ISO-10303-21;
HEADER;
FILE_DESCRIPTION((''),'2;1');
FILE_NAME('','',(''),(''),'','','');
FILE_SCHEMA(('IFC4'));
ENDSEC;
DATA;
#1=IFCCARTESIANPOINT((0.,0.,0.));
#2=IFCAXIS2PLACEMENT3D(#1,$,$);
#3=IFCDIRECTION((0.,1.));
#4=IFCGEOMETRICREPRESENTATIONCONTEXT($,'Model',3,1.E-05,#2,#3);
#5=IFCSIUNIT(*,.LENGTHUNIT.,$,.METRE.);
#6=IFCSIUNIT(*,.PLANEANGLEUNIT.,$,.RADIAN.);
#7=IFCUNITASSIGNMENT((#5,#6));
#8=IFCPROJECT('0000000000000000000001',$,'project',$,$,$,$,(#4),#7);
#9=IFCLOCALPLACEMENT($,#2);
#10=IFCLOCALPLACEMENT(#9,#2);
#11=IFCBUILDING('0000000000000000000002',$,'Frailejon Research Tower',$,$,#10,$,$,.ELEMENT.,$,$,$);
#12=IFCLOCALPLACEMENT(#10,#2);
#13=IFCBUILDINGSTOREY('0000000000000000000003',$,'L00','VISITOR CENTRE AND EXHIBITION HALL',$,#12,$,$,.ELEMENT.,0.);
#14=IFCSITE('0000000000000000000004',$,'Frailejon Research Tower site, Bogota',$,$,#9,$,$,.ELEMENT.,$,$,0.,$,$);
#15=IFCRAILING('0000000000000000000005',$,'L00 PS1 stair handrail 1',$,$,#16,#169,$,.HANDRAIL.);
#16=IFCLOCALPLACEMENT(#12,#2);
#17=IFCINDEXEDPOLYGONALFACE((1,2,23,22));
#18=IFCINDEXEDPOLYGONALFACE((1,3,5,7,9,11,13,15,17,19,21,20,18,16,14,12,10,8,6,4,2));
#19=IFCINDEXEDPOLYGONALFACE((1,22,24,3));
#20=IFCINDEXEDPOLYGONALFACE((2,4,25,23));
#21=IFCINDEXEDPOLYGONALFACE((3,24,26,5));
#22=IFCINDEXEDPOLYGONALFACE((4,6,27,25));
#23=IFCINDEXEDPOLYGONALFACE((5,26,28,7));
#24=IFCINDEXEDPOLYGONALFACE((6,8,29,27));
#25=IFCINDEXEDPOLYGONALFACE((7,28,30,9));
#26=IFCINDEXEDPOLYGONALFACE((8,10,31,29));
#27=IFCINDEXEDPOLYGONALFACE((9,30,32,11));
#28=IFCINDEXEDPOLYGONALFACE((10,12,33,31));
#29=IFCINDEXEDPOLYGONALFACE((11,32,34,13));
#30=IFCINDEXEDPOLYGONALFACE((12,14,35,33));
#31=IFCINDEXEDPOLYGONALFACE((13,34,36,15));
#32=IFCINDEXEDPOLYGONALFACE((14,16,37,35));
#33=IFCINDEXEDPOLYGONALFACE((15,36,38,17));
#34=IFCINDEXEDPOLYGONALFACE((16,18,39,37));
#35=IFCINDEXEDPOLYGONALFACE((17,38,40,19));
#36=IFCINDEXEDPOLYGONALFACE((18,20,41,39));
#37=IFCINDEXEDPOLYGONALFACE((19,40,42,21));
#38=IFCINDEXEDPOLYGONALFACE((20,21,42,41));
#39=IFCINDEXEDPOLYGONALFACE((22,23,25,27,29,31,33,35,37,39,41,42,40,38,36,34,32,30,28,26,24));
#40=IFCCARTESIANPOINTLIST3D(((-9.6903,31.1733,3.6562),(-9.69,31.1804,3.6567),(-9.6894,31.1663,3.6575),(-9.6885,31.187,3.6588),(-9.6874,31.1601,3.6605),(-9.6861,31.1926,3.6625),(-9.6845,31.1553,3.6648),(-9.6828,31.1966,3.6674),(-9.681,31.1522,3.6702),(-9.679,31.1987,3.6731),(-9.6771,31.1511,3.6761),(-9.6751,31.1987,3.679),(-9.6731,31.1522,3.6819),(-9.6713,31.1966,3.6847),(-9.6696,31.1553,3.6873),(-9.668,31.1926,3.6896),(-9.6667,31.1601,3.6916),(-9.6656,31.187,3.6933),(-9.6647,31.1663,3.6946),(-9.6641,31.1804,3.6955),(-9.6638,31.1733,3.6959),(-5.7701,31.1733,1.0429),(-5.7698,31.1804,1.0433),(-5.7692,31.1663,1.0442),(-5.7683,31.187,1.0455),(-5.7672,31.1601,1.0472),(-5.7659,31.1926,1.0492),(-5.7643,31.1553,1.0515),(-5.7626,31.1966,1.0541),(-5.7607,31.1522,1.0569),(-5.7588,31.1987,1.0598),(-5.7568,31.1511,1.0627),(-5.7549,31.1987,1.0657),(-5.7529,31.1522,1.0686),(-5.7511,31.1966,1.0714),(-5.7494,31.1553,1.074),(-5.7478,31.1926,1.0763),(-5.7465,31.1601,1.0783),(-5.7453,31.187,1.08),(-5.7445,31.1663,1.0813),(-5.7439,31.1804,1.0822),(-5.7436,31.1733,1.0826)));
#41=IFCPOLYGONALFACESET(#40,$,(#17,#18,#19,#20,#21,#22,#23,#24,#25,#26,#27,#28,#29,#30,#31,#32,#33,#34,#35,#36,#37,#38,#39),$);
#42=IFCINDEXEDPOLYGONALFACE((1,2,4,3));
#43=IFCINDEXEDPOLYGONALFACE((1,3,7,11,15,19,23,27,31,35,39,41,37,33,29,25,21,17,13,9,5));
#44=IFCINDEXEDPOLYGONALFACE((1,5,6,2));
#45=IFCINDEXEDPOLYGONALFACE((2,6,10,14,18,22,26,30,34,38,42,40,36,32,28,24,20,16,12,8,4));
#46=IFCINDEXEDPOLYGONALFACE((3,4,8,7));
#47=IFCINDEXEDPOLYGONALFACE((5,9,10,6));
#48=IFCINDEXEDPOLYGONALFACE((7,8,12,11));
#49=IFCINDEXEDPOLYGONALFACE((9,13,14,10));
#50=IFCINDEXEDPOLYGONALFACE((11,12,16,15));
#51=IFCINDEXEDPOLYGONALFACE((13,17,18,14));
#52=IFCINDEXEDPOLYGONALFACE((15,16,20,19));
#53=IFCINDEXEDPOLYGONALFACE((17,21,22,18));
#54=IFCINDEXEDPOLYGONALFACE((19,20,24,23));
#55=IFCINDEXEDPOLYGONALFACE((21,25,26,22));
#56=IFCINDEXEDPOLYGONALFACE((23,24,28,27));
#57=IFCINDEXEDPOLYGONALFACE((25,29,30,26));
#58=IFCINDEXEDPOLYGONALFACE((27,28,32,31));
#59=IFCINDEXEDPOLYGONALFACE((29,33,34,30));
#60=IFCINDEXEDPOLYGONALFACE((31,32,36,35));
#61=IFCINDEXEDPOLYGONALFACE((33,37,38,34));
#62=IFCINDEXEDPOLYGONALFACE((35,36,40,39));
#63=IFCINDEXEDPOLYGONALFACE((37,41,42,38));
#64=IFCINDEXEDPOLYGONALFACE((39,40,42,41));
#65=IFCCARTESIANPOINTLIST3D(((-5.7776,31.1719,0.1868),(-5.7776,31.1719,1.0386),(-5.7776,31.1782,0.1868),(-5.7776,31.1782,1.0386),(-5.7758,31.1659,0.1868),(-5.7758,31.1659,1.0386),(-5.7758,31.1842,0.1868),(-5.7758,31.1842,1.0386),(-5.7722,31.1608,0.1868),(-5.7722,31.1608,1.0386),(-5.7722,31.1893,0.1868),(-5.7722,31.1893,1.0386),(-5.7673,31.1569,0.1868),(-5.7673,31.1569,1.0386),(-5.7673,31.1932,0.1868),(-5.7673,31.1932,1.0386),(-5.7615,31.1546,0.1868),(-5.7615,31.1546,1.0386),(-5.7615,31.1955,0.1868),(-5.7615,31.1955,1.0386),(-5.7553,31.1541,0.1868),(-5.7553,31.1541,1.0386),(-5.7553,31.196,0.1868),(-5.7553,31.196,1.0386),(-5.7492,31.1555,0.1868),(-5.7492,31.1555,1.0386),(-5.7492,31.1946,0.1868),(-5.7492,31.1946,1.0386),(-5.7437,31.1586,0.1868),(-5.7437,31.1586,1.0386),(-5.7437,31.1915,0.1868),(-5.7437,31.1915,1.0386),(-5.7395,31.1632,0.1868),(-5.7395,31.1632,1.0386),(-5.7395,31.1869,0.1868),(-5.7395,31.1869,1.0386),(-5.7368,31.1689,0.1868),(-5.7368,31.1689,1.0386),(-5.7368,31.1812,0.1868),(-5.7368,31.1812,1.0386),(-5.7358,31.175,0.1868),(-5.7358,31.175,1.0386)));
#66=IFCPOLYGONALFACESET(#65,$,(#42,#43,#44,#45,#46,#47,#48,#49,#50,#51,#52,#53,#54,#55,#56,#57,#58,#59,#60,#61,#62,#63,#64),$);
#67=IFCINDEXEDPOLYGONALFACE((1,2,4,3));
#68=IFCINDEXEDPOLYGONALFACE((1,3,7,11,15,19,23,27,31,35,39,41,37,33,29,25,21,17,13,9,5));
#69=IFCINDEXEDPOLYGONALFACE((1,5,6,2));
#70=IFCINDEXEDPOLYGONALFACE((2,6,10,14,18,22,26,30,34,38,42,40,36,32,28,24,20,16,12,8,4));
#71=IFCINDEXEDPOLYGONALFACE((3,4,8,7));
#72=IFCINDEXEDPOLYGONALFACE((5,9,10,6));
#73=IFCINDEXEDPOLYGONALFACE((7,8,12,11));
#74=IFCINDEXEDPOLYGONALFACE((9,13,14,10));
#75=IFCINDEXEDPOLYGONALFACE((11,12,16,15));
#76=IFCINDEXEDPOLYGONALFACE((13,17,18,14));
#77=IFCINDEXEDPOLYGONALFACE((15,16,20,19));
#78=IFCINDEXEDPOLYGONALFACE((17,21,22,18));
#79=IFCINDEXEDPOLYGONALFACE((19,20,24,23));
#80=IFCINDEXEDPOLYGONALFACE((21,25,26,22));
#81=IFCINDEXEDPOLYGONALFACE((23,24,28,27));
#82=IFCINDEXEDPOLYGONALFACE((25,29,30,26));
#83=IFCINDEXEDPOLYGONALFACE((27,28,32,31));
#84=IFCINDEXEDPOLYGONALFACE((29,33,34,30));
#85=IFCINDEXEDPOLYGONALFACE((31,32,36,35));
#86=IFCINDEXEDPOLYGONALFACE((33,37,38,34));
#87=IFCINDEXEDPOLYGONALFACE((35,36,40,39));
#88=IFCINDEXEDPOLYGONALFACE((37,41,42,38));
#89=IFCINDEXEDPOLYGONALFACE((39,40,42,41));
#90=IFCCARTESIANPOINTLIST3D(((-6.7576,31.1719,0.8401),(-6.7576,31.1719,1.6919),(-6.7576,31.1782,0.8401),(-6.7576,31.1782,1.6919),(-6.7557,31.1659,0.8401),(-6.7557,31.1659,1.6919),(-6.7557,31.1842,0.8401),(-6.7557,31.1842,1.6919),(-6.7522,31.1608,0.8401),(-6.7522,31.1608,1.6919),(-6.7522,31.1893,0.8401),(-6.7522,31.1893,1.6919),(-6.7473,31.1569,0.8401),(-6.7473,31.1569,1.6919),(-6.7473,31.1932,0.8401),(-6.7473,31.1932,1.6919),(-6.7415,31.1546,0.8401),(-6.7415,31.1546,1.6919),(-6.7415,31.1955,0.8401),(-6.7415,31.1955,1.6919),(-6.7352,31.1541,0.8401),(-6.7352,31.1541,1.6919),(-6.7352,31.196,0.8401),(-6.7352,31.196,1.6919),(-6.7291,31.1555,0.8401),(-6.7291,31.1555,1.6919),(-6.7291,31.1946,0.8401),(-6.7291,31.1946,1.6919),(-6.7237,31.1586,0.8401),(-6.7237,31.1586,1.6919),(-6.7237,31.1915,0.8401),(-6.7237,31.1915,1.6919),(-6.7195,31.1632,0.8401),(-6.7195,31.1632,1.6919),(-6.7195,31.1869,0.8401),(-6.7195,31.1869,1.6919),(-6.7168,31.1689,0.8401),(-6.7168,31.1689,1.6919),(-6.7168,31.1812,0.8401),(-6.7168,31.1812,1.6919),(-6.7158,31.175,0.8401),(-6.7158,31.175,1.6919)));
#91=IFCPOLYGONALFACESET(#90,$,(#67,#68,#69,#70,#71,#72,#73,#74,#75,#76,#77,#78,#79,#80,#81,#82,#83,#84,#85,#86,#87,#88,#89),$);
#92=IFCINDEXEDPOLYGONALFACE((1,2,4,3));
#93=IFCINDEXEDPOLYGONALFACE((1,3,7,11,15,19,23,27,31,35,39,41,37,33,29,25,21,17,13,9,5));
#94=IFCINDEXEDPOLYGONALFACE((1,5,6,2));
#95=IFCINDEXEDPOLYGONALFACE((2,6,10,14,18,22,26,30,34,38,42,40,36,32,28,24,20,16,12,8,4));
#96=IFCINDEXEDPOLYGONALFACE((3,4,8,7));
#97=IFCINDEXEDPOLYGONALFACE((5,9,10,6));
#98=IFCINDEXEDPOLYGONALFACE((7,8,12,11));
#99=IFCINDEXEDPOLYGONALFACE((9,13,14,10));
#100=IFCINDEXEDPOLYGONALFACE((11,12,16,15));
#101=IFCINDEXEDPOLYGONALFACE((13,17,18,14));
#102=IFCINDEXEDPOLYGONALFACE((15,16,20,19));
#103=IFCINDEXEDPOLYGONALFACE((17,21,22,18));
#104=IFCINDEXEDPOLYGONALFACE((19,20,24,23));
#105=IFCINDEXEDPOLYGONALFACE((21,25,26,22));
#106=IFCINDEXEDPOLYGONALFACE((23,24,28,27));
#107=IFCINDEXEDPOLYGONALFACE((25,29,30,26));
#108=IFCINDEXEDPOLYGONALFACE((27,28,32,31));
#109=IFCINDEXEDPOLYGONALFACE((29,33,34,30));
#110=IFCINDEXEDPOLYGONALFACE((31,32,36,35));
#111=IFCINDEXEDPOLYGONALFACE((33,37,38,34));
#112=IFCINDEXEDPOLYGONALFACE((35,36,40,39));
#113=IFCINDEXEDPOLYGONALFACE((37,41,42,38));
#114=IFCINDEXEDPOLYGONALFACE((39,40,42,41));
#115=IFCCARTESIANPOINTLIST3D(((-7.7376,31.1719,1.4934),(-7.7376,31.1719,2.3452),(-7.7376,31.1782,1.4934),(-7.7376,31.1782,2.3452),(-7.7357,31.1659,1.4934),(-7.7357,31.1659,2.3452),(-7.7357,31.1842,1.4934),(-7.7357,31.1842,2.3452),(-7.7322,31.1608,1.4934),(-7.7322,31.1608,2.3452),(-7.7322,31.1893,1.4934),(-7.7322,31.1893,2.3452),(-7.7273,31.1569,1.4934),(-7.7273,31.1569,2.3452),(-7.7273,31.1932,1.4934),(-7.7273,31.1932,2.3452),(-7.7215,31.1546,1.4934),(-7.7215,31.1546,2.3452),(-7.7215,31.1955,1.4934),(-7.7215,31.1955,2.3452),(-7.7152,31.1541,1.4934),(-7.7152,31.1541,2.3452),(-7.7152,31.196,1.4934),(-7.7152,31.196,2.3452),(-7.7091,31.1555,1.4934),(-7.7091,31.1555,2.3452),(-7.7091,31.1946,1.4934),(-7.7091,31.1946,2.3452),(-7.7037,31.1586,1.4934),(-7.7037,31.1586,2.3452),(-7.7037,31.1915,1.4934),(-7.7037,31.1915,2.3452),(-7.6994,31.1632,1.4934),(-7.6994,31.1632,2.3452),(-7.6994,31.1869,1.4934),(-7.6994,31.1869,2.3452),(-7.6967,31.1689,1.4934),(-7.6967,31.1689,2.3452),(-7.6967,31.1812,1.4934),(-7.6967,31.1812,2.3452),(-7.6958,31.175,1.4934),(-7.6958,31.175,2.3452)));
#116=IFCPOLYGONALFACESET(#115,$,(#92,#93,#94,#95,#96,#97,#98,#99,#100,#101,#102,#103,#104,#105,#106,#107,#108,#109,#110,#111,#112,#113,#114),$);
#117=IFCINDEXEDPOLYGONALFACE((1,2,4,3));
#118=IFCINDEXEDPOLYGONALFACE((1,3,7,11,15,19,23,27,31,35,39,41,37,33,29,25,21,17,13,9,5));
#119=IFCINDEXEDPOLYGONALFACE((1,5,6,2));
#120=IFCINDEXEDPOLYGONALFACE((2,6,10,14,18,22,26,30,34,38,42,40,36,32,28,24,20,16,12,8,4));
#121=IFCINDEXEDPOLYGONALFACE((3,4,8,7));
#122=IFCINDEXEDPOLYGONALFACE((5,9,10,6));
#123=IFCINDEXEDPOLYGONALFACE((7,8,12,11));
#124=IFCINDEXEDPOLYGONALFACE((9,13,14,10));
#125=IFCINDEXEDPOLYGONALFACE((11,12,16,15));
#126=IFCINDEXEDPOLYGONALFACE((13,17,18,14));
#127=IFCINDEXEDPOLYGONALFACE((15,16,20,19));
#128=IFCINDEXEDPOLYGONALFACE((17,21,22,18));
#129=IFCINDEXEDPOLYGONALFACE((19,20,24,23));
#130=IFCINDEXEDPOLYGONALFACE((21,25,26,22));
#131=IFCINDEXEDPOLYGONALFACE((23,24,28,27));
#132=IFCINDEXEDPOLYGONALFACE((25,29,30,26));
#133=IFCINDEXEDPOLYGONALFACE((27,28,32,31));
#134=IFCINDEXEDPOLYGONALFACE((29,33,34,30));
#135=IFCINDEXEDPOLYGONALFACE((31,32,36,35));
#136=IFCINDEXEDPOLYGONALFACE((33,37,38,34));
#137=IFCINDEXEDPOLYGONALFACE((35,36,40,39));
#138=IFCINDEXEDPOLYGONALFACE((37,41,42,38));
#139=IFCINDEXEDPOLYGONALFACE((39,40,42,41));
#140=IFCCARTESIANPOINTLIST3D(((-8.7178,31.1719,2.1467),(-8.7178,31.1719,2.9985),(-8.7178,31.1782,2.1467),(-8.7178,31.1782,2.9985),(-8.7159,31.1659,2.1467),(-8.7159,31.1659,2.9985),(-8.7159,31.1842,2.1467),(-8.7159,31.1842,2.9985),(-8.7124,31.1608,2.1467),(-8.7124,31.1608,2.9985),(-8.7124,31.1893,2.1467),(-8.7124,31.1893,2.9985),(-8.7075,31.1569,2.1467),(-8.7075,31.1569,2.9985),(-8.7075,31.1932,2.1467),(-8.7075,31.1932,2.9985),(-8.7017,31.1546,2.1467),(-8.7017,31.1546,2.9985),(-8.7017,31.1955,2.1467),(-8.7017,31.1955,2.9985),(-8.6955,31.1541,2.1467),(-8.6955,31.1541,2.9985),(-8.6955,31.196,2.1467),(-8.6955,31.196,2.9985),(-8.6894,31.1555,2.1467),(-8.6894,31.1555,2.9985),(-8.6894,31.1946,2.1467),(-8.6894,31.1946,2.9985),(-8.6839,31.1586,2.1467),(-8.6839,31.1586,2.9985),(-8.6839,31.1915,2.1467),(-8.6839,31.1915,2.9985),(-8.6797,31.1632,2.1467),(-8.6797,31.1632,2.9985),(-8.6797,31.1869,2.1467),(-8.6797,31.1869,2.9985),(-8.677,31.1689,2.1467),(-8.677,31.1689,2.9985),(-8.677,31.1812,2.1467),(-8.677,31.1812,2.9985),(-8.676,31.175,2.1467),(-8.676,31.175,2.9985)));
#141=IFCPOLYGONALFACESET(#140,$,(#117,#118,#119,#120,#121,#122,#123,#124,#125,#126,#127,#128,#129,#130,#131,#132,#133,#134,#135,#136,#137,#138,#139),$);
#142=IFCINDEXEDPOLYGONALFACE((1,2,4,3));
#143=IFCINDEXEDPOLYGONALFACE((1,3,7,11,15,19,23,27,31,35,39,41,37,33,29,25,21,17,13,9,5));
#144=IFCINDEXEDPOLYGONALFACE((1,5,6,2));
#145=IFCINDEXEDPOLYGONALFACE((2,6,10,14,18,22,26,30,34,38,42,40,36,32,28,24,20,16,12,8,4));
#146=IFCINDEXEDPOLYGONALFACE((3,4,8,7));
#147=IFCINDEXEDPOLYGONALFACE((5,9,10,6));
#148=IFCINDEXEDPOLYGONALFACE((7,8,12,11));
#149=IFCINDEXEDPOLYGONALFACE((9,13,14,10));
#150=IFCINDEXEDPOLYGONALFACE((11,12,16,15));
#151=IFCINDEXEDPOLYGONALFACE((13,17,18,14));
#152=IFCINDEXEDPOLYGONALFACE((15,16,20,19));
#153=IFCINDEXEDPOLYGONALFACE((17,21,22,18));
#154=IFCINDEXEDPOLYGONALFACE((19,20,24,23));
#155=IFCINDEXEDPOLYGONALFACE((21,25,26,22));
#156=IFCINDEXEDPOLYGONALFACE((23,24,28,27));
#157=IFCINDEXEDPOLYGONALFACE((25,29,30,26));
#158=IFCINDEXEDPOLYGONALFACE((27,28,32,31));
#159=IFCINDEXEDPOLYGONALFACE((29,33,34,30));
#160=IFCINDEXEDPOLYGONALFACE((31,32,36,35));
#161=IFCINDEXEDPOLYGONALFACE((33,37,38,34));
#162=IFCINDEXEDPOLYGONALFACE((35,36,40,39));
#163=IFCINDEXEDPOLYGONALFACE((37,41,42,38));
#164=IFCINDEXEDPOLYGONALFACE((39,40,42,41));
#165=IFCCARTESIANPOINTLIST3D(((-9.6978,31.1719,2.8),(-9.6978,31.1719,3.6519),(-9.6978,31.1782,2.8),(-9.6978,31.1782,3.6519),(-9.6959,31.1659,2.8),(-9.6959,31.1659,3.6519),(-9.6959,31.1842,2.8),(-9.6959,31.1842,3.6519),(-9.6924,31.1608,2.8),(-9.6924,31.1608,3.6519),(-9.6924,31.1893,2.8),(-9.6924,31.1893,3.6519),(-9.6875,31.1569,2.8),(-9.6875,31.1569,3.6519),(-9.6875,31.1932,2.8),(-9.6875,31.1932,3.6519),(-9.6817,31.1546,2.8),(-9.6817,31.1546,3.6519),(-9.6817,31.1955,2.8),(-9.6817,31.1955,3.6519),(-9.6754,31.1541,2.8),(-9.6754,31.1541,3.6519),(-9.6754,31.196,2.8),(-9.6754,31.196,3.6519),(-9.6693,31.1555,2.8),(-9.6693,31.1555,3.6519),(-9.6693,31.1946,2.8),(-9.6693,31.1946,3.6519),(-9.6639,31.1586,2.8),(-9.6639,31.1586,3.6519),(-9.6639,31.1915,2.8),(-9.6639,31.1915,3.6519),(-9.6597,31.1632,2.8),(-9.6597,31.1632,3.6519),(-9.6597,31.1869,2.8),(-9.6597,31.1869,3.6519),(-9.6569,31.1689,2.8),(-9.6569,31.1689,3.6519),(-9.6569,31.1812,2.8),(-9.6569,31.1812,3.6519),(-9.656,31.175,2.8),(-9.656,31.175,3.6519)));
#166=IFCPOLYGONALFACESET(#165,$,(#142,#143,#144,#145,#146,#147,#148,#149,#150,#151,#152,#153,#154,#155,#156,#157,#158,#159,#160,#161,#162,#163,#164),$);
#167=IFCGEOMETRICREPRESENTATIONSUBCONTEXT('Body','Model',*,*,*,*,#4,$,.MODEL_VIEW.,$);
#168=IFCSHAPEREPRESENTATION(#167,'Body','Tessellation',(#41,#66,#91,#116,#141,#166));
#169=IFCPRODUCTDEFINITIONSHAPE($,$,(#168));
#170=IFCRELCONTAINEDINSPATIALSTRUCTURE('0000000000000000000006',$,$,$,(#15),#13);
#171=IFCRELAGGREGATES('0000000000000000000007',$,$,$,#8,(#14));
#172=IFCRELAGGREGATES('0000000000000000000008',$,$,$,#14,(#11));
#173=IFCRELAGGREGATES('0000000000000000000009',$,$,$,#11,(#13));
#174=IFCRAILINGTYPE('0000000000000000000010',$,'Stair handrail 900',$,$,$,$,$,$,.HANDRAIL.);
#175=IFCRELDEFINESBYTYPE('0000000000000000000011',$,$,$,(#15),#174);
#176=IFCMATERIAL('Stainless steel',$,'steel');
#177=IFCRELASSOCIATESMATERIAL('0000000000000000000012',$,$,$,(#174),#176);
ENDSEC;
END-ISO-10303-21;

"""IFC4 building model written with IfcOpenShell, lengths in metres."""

from ifc_helpers import new_model, si_unit, direction, frame, origin, origin_2d, place, context, subcontext, project, spatial, circle, extrude, material, type_object, element, save


model = new_model("IFC4")

# Units and contexts
model_context = context("Model", 3, precision=1e-05, world=origin(), true_north=direction((0.0, 1.0)))
body_context = subcontext(model_context, "Body", "Model", "MODEL_VIEW")
ifc_project = project(units=[si_unit("LENGTHUNIT", "METRE"), si_unit("PLANEANGLEUNIT", "RADIAN")], contexts=[model_context])

# Site, building, storey
site_placement = place(None, origin())
site = spatial("IfcSite", under=ifc_project, at=site_placement, Name="Frailejon Research Tower site, Bogota", CompositionType="ELEMENT", RefElevation=0.0)
building_placement = place(site_placement, origin())
building = spatial("IfcBuilding", under=site, at=building_placement, Name="Frailejon Research Tower", CompositionType="ELEMENT")
storey_placement = place(building_placement, origin())
storey = spatial("IfcBuildingStorey", under=building, at=storey_placement, Name="L00", Description="VISITOR CENTRE AND EXHIBITION HALL", CompositionType="ELEMENT", Elevation=0.0)

# Railing
ifc_material_1 = material(Name="Stainless steel", Category="steel")
railing_type = type_object("IfcRailingType", Name="Stair handrail 900", PredefinedType="HANDRAIL", material=ifc_material_1)
railing_placement = place(storey_placement, frame((-5.7568, 31.175, 0.1868)))
element("IfcRailing", 1, at=railing_placement, inside=storey, type_object=railing_type, Name="L00 PS1 stair handrail 1", PredefinedType="HANDRAIL", context=body_context, shape_type="SweptSolid", body=[
    extrude(circle(Radius=0.0239, at=origin_2d()), frame((0.0, 0.0, 0.876), z_axis=(-0.832066, 0.0, 0.554676), x_axis=(0.0, -1.0, 0.0)), (0.0, 0.0, 1.0), 4.7114),
    extrude(circle(Radius=0.021, at=origin_2d()), origin(), (0.0, 0.0, 1.0), 0.8518),
    extrude(circle(Radius=0.021, at=origin_2d()), frame((-0.98, 0.0, 0.6533)), (0.0, 0.0, 1.0), 0.8518),
    extrude(circle(Radius=0.021, at=origin_2d()), frame((-1.96, 0.0, 1.3066)), (0.0, 0.0, 1.0), 0.8518),
    extrude(circle(Radius=0.021, at=origin_2d()), frame((-2.9402, 0.0, 1.96)), (0.0, 0.0, 1.0), 0.8518),
    extrude(circle(Radius=0.021, at=origin_2d()), frame((-3.9202, 0.0, 2.6133)), (0.0, 0.0, 1.0), 0.8518),
])

save(model, "model.ifc")
